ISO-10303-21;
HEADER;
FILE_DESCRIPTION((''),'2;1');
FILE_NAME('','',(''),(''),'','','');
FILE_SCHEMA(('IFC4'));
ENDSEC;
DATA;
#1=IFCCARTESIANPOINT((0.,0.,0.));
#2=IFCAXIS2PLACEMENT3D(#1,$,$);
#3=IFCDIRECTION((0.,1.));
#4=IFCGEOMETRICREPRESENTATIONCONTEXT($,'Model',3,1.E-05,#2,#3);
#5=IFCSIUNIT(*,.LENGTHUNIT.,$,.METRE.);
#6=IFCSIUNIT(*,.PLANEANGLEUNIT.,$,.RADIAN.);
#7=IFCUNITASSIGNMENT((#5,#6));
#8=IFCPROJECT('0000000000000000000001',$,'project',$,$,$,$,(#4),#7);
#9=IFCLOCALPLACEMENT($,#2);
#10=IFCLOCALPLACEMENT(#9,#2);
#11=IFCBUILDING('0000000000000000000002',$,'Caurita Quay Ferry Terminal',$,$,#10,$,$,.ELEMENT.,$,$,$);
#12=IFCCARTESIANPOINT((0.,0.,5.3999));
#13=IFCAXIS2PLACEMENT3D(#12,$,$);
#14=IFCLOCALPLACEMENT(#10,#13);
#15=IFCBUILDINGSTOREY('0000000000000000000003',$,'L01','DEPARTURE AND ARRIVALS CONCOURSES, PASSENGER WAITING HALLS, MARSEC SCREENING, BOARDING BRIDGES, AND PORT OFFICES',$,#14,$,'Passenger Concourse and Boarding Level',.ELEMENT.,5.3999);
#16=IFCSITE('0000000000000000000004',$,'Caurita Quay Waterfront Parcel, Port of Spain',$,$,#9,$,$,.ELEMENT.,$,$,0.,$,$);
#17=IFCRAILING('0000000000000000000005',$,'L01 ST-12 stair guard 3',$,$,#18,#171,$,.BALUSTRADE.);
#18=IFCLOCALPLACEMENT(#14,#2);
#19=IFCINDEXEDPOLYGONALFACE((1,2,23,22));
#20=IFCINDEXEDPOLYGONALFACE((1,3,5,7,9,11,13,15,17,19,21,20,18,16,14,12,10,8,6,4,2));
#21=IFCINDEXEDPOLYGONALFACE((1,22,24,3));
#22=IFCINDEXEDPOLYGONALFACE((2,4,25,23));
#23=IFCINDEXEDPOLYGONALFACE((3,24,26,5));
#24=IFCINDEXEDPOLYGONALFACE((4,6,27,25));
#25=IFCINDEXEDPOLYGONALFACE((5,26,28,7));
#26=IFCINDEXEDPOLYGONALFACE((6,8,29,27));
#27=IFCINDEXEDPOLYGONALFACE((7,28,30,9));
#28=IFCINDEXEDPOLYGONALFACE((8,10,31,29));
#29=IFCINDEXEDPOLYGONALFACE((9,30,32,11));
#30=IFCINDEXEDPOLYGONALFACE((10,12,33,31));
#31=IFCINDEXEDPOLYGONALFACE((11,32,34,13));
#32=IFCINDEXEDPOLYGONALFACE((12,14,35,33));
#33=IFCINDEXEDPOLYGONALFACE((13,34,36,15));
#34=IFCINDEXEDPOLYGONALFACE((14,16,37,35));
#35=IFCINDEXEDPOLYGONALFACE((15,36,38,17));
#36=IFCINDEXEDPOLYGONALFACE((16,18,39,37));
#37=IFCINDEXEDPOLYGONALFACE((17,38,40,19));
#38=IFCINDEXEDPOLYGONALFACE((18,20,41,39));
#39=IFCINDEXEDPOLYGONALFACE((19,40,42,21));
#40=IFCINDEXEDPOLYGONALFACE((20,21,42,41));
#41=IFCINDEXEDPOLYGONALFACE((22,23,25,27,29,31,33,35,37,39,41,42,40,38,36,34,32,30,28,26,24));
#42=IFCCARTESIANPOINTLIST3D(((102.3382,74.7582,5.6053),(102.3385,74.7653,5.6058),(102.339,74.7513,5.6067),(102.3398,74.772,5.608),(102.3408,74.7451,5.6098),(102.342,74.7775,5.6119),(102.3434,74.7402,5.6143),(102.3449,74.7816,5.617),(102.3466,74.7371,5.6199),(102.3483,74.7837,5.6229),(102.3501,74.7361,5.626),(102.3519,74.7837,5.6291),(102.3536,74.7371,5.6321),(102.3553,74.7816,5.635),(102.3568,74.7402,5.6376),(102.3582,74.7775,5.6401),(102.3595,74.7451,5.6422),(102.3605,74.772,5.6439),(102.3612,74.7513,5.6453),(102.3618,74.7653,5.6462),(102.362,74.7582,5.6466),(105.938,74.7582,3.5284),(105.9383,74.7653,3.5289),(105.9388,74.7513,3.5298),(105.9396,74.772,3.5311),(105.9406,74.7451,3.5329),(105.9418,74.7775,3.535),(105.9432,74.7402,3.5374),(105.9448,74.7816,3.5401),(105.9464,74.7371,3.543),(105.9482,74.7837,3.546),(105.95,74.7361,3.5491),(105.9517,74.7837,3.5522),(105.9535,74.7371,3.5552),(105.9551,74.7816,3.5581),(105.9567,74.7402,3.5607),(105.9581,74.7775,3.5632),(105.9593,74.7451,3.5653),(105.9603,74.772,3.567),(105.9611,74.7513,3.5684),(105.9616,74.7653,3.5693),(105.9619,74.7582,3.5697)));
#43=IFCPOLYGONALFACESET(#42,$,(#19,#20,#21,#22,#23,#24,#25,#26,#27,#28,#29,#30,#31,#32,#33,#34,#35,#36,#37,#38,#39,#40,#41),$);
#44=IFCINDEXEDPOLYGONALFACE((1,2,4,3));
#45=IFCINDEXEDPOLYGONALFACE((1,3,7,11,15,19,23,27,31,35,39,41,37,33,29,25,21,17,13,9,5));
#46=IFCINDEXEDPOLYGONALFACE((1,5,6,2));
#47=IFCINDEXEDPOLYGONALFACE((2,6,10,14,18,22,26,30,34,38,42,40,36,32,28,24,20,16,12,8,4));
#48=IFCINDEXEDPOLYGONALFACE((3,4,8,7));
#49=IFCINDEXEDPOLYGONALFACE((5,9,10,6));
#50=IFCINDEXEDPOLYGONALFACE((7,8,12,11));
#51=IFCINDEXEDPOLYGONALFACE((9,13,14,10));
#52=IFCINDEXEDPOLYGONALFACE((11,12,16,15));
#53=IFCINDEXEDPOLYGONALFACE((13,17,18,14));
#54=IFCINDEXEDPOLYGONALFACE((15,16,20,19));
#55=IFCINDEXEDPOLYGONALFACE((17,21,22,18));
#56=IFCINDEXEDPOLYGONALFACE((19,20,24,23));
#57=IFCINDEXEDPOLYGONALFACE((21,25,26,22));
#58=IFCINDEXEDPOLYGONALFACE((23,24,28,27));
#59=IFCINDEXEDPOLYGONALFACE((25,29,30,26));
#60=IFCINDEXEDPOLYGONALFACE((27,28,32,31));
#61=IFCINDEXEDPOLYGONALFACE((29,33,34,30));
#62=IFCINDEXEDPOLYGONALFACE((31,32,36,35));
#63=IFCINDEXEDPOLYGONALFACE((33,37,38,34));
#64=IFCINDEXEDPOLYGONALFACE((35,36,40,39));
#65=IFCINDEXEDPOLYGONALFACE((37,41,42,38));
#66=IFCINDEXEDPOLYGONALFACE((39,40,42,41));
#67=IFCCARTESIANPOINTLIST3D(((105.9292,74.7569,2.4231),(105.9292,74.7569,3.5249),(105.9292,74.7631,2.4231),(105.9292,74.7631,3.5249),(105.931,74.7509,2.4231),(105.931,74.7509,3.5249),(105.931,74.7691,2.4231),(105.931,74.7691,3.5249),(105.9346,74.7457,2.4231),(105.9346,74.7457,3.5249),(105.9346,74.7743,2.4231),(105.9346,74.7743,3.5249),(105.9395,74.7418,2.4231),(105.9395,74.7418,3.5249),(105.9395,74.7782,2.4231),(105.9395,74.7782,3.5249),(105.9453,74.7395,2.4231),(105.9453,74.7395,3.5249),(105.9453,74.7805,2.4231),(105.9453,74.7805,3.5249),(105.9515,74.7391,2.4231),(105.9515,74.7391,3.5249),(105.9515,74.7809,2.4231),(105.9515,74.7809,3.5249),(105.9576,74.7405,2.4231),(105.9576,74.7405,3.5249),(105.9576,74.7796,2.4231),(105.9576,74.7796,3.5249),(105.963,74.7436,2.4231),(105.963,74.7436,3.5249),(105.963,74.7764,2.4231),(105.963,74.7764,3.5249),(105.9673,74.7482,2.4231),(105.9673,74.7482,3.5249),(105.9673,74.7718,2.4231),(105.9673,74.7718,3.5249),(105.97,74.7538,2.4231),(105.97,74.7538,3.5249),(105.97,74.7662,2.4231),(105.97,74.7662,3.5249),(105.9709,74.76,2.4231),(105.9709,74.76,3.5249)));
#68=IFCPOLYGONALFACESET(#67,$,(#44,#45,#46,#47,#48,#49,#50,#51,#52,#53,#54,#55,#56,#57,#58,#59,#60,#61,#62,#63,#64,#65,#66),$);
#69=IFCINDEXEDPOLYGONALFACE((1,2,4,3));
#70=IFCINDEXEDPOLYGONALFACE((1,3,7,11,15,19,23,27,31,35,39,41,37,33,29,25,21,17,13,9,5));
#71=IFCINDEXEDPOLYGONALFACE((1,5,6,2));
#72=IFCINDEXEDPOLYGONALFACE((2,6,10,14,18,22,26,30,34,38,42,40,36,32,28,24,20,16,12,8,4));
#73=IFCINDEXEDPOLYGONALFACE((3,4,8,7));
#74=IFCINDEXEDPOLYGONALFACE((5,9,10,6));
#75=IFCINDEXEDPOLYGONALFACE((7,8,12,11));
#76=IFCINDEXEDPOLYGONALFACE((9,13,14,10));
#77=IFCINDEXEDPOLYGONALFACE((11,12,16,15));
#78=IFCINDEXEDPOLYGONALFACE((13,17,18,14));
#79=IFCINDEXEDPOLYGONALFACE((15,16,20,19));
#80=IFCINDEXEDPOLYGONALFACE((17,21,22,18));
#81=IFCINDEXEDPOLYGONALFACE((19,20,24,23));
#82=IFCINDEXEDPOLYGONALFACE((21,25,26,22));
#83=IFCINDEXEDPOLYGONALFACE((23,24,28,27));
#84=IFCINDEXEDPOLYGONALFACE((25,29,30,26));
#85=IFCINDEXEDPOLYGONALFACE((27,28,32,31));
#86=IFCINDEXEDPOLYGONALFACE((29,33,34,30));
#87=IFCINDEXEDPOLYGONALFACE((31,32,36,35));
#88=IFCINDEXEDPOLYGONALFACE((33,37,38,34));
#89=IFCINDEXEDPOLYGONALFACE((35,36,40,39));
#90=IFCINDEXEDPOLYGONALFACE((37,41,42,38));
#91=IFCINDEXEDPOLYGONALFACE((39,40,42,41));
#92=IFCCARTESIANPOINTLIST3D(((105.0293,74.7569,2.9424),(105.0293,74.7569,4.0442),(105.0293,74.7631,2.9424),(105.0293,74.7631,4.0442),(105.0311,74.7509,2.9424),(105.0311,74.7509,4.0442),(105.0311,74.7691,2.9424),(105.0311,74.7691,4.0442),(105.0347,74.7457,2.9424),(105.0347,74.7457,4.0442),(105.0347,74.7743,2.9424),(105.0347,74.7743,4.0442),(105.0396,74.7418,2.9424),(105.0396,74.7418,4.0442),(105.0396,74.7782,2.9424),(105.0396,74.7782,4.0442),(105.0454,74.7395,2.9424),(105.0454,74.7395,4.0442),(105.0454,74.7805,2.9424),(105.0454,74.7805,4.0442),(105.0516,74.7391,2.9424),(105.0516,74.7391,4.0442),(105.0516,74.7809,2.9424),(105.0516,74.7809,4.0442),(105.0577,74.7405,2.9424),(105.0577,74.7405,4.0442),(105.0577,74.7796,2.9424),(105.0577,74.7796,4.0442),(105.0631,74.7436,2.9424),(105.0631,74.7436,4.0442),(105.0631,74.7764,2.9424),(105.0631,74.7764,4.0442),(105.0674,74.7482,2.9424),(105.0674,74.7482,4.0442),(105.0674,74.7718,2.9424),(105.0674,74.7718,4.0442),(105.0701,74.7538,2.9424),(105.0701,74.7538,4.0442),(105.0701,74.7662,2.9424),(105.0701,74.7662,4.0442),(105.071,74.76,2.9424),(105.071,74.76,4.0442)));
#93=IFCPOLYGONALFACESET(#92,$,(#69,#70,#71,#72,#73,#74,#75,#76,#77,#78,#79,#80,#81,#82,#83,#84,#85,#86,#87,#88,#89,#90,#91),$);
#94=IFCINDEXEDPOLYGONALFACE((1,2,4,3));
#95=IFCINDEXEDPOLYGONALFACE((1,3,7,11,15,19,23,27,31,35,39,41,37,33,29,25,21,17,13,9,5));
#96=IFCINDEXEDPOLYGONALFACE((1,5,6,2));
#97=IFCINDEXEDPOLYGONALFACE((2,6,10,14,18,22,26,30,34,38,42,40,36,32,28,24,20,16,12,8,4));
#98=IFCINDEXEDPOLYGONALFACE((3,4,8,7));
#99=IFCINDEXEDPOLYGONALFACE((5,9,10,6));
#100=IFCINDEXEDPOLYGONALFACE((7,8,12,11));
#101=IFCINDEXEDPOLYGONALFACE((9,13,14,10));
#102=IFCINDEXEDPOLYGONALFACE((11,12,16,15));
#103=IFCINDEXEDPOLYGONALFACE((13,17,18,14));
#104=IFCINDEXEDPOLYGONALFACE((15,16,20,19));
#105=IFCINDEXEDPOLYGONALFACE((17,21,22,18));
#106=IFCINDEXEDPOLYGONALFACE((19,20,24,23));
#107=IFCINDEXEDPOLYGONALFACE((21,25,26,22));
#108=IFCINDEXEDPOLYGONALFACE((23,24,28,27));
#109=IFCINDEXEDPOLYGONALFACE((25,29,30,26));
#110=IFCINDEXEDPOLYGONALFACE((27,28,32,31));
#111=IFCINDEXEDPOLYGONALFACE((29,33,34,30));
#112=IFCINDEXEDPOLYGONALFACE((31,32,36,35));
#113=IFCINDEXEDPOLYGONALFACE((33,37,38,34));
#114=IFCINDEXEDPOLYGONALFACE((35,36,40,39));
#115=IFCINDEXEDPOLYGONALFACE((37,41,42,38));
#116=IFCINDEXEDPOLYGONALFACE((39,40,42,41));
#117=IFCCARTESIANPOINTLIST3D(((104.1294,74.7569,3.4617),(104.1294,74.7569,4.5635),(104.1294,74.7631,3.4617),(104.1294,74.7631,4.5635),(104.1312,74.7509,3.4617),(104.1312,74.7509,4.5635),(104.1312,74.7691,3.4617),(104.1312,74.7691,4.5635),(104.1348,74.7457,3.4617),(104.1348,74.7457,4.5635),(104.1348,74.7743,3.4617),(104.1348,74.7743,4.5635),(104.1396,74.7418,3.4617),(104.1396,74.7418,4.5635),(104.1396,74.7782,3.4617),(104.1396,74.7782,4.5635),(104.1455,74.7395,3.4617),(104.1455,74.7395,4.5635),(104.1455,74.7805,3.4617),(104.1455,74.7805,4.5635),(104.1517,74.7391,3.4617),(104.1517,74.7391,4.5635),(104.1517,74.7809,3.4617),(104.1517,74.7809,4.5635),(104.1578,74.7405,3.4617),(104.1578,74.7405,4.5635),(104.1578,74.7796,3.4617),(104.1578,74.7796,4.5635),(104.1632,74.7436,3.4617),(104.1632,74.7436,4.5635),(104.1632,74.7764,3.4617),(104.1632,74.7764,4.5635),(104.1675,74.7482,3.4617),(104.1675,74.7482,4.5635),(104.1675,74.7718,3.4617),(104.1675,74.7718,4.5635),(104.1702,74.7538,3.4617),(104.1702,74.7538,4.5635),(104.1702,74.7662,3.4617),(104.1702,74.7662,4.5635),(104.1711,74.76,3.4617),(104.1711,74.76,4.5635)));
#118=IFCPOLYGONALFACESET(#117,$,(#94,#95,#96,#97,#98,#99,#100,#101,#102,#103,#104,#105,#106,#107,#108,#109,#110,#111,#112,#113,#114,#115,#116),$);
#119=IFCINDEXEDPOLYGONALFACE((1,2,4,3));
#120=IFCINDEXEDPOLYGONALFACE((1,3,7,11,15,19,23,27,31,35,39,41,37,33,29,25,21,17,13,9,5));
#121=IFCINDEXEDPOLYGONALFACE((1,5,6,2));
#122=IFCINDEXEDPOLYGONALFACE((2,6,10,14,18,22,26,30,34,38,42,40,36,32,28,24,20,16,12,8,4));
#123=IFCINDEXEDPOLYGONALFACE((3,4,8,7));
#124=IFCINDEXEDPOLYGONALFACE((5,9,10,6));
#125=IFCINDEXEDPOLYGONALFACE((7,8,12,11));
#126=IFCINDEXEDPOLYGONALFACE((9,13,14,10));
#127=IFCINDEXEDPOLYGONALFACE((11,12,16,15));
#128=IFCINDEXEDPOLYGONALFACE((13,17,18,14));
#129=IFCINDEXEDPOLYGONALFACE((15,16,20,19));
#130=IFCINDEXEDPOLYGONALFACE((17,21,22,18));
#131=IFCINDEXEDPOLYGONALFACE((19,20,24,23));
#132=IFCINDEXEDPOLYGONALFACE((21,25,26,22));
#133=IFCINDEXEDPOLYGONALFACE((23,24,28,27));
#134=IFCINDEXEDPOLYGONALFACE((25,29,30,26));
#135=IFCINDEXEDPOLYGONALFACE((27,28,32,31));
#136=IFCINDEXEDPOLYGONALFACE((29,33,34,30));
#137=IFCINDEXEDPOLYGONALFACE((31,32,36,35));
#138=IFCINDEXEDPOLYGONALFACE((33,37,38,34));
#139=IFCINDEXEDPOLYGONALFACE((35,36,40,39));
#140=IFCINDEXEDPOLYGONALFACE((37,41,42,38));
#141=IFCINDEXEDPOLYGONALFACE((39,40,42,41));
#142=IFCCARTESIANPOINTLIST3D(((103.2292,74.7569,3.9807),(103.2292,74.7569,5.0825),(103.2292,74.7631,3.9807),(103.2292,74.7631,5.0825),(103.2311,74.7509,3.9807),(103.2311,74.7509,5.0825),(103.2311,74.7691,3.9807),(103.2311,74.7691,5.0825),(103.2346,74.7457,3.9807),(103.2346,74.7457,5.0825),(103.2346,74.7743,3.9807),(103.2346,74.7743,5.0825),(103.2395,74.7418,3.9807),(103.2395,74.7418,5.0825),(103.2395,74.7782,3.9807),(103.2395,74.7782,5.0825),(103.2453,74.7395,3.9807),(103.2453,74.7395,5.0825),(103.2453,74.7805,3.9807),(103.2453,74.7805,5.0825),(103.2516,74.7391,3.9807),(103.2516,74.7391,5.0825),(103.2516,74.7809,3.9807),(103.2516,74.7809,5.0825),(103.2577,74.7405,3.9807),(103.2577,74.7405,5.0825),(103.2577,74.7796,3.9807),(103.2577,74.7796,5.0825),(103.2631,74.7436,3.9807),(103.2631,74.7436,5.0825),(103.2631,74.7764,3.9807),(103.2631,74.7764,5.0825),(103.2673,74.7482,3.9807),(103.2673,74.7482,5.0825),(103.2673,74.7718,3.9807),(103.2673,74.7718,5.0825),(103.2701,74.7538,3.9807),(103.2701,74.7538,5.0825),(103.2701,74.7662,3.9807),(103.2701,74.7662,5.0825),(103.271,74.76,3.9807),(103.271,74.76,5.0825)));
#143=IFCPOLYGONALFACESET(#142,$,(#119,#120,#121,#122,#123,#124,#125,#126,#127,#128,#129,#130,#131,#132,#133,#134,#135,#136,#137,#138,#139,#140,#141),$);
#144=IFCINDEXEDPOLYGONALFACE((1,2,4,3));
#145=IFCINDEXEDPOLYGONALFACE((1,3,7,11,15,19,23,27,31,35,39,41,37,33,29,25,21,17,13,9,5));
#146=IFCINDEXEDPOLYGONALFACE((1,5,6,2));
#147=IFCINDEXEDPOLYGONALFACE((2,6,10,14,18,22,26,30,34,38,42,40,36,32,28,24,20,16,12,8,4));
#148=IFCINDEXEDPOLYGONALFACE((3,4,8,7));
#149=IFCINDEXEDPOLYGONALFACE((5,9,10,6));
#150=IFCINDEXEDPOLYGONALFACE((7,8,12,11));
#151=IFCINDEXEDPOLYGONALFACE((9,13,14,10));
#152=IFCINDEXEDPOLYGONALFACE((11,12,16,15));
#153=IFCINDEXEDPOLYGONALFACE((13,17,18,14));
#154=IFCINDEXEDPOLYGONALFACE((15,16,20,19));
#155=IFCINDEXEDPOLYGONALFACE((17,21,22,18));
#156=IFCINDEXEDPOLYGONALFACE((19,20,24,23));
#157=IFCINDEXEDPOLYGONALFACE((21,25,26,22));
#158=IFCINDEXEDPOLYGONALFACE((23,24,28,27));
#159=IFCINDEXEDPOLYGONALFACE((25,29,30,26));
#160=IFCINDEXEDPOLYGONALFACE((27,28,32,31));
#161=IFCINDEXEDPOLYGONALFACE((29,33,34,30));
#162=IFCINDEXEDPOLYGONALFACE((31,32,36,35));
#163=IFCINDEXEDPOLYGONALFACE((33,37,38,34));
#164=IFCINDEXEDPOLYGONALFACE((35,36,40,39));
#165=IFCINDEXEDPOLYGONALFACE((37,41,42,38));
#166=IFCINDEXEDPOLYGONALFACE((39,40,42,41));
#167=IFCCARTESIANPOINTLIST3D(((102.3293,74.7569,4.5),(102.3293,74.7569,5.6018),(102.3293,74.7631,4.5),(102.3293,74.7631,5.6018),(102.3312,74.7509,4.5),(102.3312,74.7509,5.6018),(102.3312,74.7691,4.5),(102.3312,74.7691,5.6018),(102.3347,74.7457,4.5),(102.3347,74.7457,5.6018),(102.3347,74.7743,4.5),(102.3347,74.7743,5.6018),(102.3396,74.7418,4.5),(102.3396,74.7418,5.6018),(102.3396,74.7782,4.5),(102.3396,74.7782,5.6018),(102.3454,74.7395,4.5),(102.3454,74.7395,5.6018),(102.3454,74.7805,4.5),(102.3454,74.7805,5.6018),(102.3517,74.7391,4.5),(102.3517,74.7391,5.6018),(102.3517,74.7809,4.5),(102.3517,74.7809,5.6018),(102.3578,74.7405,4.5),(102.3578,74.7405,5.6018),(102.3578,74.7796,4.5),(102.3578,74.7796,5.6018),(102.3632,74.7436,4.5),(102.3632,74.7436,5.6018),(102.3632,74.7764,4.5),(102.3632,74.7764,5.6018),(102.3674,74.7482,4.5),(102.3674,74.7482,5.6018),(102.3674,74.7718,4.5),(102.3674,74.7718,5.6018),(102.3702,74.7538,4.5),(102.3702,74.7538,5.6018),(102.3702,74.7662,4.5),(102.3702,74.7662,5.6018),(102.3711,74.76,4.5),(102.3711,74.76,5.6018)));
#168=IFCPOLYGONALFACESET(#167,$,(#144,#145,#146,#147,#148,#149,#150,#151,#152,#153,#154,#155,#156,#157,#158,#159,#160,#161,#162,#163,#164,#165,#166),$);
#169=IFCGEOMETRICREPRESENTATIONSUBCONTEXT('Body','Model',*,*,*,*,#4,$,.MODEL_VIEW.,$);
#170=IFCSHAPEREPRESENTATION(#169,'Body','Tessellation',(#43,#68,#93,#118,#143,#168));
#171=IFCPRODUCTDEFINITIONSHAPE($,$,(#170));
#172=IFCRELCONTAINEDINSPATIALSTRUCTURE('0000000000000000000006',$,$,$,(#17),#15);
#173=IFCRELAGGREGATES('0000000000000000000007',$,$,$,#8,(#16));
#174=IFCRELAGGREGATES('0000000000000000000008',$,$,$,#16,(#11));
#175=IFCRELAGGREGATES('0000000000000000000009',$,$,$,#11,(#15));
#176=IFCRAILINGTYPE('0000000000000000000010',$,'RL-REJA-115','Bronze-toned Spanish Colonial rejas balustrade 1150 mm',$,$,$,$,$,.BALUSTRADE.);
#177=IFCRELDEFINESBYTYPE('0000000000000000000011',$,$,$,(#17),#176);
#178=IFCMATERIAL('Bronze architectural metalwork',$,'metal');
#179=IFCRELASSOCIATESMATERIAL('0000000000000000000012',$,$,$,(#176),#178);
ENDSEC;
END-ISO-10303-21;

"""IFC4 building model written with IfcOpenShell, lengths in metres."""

from ifc_helpers import new_model, si_unit, direction, frame, origin, origin_2d, place, context, subcontext, project, spatial, circle, extrude, material, type_object, element, save


model = new_model("IFC4")

# Units and contexts
model_context = context("Model", 3, precision=1e-05, world=origin(), true_north=direction((0.0, 1.0)))
body_context = subcontext(model_context, "Body", "Model", "MODEL_VIEW")
ifc_project = project(units=[si_unit("LENGTHUNIT", "METRE"), si_unit("PLANEANGLEUNIT", "RADIAN")], contexts=[model_context])

# Site, building, storey
site_placement = place(None, origin())
site = spatial("IfcSite", under=ifc_project, at=site_placement, Name="Caurita Quay Waterfront Parcel, Port of Spain", CompositionType="ELEMENT", RefElevation=0.0)
building_placement = place(site_placement, origin())
building = spatial("IfcBuilding", under=site, at=building_placement, Name="Caurita Quay Ferry Terminal", CompositionType="ELEMENT")
storey_placement = place(building_placement, frame((0.0, 0.0, 5.3999)))
storey = spatial("IfcBuildingStorey", under=building, at=storey_placement, Name="L01", Description="DEPARTURE AND ARRIVALS CONCOURSES, PASSENGER WAITING HALLS, MARSEC SCREENING, BOARDING BRIDGES, AND PORT OFFICES", LongName="Passenger Concourse and Boarding Level", CompositionType="ELEMENT", Elevation=5.3999)

# Railing
ifc_material_1 = material(Name="Bronze architectural metalwork", Category="metal")
railing_type_1 = type_object("IfcRailingType", Name="RL-REJA-115", Description="Bronze-toned Spanish Colonial rejas balustrade 1150 mm", PredefinedType="BALUSTRADE", material=ifc_material_1)
railing_1_placement = place(storey_placement, frame((105.95, 74.76, 2.4231)))
element("IfcRailing", 1, at=railing_1_placement, inside=storey, type_object=railing_type_1, Name="L01 ST-12 stair guard 3", PredefinedType="BALUSTRADE", context=body_context, shape_type="SweptSolid", body=[
    extrude(circle(Radius=0.0239, at=origin_2d()), frame((0.0, 0.0, 1.126), z_axis=(-0.866179, 0.0, 0.499734), x_axis=(0.0, -1.0, 0.0)), (0.0, 0.0, 1.0), 4.156),
    extrude(circle(Radius=0.021, at=origin_2d()), origin(), (0.0, 0.0, 1.0), 1.1018),
    extrude(circle(Radius=0.021, at=origin_2d()), frame((-0.8999, 0.0, 0.5193)), (0.0, 0.0, 1.0), 1.1018),
    extrude(circle(Radius=0.021, at=origin_2d()), frame((-1.7998, 0.0, 1.0386)), (0.0, 0.0, 1.0), 1.1018),
    extrude(circle(Radius=0.021, at=origin_2d()), frame((-2.7, 0.0, 1.5576)), (0.0, 0.0, 1.0), 1.1018),
    extrude(circle(Radius=0.021, at=origin_2d()), frame((-3.5999, 0.0, 2.0769)), (0.0, 0.0, 1.0), 1.1018),
])

save(model, "model.ifc")
